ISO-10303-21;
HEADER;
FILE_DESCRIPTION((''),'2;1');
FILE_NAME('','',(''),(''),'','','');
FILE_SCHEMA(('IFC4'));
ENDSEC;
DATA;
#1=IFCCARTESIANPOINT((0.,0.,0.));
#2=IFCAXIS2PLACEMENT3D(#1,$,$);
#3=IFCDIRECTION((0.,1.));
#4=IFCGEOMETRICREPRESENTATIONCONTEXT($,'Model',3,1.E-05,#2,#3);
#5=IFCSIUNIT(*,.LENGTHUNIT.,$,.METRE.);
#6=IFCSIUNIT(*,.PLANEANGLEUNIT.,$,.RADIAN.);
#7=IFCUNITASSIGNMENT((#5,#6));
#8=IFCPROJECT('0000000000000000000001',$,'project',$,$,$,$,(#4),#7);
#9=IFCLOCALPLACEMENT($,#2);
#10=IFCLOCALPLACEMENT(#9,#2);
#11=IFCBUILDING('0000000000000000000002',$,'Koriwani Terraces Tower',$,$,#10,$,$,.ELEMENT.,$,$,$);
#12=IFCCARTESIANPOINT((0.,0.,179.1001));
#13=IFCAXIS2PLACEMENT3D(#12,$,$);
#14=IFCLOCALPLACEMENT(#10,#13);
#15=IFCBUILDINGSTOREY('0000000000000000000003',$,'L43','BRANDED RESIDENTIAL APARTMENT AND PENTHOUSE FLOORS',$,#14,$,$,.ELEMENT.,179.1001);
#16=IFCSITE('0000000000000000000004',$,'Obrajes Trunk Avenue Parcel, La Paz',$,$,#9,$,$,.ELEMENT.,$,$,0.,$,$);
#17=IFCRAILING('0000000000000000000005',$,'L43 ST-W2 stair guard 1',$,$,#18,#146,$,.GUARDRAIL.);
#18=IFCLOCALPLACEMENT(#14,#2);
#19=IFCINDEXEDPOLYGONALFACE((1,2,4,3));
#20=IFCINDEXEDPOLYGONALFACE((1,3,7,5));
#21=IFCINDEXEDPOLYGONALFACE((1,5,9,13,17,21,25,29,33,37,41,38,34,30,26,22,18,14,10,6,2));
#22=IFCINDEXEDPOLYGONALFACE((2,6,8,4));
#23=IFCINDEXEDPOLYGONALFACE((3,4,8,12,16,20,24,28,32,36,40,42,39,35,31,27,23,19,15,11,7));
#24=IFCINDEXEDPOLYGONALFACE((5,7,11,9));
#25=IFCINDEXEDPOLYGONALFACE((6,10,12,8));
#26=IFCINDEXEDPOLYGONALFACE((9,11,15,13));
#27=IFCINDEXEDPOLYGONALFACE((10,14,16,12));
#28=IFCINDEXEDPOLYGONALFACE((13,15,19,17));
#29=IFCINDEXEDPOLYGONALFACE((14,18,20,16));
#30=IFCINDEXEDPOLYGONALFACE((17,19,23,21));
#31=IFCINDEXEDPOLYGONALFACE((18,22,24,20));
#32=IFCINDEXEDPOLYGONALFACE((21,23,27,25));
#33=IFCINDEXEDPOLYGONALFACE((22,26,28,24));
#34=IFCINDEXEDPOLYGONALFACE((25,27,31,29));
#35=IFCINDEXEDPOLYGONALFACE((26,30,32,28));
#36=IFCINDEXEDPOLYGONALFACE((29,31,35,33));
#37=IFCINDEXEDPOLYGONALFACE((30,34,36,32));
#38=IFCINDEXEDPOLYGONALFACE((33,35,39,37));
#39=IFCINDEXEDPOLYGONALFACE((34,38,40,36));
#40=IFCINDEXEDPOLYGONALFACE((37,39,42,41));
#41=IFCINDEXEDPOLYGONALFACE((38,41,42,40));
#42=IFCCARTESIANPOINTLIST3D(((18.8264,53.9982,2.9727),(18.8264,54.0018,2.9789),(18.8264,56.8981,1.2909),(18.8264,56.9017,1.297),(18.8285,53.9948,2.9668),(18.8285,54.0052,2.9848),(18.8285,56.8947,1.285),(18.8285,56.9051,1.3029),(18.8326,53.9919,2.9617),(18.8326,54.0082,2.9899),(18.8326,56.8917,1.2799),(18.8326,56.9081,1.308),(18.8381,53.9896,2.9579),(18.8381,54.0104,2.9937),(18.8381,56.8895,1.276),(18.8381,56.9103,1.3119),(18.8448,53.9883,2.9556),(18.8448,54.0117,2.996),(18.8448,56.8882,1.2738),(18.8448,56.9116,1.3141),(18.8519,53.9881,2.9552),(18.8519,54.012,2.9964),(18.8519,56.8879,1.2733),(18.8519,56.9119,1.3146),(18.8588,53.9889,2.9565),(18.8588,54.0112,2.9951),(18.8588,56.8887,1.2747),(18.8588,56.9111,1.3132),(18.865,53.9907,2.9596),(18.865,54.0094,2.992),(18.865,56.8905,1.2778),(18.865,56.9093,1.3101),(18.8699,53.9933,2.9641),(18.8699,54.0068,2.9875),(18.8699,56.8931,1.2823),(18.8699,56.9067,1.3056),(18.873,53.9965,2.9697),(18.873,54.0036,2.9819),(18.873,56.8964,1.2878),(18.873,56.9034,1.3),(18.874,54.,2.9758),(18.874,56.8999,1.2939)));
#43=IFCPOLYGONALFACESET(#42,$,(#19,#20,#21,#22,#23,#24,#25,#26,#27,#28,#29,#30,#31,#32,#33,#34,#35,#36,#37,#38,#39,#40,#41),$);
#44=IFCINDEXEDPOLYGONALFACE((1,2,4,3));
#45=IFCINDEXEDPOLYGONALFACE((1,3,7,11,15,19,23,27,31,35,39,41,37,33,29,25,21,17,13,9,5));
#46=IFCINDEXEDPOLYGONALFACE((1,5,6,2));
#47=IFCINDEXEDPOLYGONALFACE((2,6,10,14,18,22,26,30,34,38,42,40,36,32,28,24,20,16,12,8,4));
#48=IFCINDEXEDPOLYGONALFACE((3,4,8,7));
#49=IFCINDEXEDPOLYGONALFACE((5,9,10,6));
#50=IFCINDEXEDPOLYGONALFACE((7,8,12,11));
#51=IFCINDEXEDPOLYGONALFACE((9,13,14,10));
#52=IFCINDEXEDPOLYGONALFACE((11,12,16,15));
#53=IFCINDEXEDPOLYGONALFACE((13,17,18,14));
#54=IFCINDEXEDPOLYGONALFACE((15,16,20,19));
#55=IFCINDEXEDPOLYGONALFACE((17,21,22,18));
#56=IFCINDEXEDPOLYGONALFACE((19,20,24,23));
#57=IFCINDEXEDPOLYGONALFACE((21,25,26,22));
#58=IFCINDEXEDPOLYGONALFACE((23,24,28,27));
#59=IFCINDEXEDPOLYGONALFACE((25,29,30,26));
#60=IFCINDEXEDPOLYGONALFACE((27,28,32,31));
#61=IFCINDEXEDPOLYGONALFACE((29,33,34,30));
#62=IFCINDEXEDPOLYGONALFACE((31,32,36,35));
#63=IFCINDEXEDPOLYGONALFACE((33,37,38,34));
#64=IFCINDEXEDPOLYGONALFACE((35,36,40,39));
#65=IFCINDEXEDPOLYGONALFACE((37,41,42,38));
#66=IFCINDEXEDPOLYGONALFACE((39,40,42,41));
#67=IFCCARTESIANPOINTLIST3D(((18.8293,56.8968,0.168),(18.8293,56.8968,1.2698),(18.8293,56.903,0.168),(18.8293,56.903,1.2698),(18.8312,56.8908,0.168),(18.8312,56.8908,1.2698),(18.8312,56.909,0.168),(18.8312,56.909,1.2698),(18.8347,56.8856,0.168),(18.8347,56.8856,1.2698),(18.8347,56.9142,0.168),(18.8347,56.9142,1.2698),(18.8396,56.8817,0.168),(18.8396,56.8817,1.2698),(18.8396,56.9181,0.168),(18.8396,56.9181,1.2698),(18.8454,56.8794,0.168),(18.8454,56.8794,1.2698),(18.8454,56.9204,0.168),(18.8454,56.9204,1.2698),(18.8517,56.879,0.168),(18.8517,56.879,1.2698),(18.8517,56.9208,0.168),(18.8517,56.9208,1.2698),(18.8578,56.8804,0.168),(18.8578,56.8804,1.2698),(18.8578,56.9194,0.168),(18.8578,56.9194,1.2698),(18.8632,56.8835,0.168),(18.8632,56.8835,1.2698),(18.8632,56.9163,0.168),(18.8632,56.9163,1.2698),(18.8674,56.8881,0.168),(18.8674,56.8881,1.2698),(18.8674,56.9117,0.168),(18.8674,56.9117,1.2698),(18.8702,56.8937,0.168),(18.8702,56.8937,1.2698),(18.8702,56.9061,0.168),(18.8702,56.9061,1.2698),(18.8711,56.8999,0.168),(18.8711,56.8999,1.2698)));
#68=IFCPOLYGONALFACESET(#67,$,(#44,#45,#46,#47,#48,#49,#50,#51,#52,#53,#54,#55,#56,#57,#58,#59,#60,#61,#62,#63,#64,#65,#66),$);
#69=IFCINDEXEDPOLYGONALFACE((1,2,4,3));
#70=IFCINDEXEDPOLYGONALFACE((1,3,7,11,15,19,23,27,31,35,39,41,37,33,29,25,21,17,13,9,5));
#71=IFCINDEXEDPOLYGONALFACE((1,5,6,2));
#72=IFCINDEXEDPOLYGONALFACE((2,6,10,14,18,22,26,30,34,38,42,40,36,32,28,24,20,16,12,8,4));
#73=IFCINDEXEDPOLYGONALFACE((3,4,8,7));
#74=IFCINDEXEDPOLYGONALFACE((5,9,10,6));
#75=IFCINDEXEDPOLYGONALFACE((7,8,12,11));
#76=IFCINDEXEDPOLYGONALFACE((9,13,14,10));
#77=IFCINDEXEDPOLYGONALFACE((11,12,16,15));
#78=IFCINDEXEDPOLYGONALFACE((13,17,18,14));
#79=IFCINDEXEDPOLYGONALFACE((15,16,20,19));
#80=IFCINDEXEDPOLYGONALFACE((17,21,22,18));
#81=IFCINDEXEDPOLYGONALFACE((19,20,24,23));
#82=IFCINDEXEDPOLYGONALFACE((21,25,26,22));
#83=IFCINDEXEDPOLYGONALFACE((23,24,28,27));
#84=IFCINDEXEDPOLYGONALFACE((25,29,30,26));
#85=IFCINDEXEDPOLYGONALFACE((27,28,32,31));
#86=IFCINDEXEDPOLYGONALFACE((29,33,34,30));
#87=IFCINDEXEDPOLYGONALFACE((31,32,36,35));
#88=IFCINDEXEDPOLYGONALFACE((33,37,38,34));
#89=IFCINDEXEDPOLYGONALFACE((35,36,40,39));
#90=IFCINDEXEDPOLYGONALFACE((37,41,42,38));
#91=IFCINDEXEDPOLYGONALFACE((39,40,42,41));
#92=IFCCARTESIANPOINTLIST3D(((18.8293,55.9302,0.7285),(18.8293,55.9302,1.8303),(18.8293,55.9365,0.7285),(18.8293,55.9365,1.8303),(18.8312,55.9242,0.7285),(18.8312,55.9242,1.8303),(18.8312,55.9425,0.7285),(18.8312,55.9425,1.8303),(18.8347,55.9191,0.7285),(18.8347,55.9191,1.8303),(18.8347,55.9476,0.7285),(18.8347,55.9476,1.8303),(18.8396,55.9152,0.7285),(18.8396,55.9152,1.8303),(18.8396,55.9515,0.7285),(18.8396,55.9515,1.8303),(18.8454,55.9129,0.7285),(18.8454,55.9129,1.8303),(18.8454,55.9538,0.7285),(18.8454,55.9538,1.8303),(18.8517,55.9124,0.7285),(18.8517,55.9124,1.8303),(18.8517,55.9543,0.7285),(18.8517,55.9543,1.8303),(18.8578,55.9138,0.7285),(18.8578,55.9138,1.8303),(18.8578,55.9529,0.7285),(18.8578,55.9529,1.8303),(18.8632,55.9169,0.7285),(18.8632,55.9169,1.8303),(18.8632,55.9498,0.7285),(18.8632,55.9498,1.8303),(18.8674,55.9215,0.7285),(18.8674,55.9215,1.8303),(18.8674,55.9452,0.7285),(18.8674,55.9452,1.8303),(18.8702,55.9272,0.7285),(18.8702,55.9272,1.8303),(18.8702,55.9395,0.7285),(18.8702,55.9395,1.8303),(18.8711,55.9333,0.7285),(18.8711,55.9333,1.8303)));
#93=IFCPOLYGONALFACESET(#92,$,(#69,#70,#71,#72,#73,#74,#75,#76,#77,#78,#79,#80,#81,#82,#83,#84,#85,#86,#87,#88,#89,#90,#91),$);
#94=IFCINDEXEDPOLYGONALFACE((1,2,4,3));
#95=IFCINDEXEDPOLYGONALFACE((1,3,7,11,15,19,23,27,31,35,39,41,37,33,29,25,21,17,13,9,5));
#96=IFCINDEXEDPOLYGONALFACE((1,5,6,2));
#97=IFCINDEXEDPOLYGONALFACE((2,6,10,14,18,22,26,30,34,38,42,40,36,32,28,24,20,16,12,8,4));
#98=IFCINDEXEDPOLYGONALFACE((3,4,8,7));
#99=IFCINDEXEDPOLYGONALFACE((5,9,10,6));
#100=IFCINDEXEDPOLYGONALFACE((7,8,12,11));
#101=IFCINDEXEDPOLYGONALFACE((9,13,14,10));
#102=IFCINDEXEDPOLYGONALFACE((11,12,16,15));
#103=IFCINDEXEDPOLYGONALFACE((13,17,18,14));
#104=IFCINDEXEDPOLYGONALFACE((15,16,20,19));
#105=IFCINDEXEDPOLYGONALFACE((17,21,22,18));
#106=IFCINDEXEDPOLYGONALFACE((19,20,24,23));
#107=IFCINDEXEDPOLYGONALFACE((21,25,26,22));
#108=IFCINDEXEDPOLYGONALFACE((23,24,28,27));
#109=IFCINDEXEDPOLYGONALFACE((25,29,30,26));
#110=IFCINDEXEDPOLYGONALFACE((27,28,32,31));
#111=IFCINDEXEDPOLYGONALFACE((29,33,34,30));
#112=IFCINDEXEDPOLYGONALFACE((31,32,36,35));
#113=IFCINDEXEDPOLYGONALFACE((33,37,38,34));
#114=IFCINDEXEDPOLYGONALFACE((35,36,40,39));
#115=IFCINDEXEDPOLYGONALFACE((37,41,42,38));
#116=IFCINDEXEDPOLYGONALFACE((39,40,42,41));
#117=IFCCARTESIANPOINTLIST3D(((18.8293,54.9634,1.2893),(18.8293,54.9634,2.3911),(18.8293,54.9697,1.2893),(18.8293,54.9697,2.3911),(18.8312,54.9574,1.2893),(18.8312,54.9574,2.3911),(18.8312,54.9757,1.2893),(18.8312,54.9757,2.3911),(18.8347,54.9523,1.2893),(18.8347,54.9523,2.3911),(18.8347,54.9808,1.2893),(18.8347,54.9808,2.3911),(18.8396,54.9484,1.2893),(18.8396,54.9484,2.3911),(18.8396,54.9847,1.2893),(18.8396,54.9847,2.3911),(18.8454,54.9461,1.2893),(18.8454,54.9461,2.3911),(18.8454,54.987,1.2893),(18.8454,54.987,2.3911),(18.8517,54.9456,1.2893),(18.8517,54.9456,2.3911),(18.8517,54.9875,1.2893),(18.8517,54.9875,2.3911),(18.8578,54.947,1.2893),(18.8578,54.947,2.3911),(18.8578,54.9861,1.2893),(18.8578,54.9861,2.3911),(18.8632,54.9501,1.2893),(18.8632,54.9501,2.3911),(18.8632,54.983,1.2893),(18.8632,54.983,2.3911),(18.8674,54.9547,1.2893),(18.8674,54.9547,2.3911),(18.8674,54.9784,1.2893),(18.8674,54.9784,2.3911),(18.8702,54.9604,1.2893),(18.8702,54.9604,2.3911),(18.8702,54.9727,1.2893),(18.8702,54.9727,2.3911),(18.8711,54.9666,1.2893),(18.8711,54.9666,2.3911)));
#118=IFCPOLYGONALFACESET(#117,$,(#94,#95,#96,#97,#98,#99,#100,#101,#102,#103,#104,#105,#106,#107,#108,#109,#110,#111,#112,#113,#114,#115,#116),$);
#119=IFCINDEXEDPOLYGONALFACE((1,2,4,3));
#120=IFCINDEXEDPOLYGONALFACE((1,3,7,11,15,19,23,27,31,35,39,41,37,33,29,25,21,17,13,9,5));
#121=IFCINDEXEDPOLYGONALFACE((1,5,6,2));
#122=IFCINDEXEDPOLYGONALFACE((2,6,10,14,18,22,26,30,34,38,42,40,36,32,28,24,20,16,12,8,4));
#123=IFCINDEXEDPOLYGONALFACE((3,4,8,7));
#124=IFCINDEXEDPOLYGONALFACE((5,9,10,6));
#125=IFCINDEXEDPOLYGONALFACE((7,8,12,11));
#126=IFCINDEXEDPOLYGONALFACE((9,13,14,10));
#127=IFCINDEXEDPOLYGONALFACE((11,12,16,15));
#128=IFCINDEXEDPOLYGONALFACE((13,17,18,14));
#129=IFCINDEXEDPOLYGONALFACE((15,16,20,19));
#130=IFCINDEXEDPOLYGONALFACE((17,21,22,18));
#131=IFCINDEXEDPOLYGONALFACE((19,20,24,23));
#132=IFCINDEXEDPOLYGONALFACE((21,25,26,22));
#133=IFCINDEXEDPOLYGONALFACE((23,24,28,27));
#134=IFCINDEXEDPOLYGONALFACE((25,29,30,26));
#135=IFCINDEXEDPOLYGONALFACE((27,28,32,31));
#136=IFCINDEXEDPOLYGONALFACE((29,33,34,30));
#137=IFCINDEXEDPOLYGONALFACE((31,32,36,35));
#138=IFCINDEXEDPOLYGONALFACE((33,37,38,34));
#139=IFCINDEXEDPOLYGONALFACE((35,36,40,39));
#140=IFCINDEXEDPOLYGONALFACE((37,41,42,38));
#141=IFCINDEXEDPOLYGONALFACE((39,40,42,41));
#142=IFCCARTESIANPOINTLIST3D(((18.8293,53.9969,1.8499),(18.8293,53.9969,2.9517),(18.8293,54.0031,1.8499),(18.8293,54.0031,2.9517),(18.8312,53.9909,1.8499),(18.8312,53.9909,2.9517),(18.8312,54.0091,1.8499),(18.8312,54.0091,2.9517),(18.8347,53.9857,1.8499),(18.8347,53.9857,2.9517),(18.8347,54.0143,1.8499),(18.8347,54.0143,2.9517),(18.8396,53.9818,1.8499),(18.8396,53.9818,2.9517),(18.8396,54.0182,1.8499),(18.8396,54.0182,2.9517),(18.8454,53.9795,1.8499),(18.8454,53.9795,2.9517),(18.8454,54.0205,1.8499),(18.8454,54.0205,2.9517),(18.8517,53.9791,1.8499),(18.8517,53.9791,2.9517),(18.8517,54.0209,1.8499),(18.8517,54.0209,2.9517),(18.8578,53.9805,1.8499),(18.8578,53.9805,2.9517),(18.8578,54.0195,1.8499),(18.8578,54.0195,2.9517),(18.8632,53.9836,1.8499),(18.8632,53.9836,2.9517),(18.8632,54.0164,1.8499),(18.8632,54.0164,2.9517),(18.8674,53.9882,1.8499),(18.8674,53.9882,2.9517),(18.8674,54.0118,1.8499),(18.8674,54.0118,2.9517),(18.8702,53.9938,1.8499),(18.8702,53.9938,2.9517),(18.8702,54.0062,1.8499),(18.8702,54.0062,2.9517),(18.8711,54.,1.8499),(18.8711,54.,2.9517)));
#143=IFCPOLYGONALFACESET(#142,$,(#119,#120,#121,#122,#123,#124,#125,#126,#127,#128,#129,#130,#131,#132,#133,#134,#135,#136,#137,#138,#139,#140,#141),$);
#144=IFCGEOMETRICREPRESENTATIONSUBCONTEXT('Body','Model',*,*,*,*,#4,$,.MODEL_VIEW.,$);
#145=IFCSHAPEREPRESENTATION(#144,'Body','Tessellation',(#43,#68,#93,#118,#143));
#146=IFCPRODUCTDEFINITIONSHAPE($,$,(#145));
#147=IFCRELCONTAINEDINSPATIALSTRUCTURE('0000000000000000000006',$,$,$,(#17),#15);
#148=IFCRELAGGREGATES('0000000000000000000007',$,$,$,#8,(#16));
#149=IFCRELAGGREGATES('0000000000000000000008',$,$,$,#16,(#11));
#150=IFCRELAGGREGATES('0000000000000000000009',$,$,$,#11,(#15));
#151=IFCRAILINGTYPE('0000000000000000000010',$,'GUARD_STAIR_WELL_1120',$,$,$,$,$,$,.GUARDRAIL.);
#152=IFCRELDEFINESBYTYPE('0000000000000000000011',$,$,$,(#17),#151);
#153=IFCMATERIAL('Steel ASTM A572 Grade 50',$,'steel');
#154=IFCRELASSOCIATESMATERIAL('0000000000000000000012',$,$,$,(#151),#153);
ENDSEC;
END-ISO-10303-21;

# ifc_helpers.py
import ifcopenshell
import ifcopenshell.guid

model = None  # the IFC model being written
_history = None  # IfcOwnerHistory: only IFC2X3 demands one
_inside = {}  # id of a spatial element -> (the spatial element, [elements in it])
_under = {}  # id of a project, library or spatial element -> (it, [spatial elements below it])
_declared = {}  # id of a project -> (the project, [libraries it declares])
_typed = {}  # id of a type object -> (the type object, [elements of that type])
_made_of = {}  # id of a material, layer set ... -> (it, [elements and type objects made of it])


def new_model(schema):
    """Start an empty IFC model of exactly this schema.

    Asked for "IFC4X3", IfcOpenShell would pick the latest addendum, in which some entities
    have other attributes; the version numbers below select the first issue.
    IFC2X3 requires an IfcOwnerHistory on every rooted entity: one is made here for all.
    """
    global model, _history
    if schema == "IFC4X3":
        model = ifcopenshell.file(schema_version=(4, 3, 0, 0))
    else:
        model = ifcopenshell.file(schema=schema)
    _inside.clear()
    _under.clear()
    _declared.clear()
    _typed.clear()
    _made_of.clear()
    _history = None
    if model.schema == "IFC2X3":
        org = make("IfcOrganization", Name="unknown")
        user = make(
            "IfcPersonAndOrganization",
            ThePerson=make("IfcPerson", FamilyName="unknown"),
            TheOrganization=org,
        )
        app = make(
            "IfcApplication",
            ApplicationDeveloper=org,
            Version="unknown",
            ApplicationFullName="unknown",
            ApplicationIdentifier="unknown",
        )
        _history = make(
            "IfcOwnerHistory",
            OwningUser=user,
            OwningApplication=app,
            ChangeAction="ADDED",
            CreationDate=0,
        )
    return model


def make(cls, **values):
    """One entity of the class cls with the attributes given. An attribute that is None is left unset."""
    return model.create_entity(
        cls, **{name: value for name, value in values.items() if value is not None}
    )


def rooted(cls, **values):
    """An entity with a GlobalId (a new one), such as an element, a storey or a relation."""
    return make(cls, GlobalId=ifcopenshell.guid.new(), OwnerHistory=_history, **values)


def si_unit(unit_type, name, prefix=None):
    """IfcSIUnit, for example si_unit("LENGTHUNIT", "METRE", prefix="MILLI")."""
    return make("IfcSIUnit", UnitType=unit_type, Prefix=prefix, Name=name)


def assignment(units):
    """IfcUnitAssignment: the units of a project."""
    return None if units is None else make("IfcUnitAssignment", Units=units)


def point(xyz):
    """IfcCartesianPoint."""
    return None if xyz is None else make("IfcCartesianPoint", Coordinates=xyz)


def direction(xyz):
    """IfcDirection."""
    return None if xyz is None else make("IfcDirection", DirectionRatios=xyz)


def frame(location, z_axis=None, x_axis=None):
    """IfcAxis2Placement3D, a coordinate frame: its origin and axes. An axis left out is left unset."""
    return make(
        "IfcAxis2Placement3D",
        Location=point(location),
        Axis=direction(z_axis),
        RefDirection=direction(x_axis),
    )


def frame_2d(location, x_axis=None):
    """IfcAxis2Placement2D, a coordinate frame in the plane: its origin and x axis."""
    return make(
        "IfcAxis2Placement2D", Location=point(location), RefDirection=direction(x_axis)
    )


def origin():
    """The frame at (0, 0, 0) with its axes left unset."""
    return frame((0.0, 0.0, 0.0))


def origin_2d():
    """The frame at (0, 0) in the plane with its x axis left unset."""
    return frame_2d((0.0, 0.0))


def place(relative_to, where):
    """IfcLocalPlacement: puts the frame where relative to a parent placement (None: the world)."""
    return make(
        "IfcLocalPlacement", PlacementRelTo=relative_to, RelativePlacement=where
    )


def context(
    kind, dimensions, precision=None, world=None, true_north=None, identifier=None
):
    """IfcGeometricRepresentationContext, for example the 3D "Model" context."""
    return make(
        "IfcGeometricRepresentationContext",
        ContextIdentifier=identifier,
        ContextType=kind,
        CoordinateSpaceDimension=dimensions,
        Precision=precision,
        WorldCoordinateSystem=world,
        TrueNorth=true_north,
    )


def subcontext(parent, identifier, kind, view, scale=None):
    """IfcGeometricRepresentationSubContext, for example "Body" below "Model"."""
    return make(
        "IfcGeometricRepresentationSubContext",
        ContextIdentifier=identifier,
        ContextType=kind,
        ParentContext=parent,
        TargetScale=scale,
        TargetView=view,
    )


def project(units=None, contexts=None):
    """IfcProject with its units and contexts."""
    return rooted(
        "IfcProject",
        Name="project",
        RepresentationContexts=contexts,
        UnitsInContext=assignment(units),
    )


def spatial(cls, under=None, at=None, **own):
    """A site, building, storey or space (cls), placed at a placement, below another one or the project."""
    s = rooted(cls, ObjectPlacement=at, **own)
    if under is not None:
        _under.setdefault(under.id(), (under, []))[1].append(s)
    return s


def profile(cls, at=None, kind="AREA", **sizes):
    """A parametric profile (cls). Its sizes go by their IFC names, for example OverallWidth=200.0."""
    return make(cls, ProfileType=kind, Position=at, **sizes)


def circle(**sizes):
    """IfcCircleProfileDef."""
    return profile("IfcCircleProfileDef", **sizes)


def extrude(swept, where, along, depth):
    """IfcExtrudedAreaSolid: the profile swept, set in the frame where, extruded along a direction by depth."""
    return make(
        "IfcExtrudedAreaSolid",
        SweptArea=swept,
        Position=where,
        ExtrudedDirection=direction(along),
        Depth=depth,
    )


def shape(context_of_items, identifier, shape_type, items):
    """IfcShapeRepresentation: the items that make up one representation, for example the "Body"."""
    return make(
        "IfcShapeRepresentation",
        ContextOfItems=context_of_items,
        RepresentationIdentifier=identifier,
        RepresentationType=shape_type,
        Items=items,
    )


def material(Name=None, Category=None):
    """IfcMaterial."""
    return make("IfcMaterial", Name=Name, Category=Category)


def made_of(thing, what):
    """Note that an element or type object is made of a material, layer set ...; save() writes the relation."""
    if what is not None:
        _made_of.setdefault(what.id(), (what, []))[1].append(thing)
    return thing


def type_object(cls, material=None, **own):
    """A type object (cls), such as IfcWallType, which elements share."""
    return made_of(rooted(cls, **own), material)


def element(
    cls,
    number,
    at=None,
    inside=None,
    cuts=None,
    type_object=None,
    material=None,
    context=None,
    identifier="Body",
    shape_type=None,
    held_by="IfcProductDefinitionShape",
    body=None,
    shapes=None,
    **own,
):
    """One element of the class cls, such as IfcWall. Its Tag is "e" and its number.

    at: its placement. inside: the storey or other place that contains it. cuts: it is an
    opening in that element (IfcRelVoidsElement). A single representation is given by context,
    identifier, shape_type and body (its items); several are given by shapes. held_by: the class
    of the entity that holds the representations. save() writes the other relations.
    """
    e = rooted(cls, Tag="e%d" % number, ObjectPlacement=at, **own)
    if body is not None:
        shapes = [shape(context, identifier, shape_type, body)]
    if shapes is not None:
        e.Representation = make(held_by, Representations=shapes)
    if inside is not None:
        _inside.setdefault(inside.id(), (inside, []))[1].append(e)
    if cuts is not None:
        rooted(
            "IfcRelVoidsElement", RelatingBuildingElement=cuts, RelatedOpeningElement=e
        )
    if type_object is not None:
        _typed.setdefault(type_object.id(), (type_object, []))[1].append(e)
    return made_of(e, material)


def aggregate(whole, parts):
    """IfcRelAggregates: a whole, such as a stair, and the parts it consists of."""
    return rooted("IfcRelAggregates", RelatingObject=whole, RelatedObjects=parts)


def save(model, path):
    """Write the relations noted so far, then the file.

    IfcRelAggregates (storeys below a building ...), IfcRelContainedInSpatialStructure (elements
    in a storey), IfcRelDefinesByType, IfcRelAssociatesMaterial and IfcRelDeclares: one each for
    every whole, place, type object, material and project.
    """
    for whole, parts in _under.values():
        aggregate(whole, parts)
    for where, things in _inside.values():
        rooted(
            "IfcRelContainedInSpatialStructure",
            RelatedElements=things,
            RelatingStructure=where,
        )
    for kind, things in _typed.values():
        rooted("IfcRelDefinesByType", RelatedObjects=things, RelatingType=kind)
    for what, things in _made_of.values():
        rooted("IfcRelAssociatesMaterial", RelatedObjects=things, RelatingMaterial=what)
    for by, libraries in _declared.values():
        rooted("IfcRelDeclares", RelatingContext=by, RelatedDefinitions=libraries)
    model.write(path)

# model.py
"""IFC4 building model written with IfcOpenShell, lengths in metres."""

from ifc_helpers import new_model, si_unit, direction, frame, origin, origin_2d, place, context, subcontext, project, spatial, circle, extrude, material, type_object, element, save


model = new_model("IFC4")

# Units and contexts
model_context = context("Model", 3, precision=1e-05, world=origin(), true_north=direction((0.0, 1.0)))
body_context = subcontext(model_context, "Body", "Model", "MODEL_VIEW")
ifc_project = project(units=[si_unit("LENGTHUNIT", "METRE"), si_unit("PLANEANGLEUNIT", "RADIAN")], contexts=[model_context])

# Site, building, storey
site_placement = place(None, origin())
site = spatial("IfcSite", under=ifc_project, at=site_placement, Name="Obrajes Trunk Avenue Parcel, La Paz", CompositionType="ELEMENT", RefElevation=0.0)
building_placement = place(site_placement, origin())
building = spatial("IfcBuilding", under=site, at=building_placement, Name="Koriwani Terraces Tower", CompositionType="ELEMENT")
storey_placement = place(building_placement, frame((0.0, 0.0, 179.1001)))
storey = spatial("IfcBuildingStorey", under=building, at=storey_placement, Name="L43", Description="BRANDED RESIDENTIAL APARTMENT AND PENTHOUSE FLOORS", CompositionType="ELEMENT", Elevation=179.1001)

# Shared definitions
ifc_material_1 = material(Name="Steel ASTM A572 Grade 50", Category="steel")

# Railing
railing_type_1 = type_object("IfcRailingType", Name="GUARD_STAIR_WELL_1120", PredefinedType="GUARDRAIL", material=ifc_material_1)
railing_1_placement = place(storey_placement, frame((18.8501, 56.8999, 0.168)))
element("IfcRailing", 1, at=railing_1_placement, inside=storey, type_object=railing_type_1, Name="L43 ST-W2 stair guard 1", PredefinedType="GUARDRAIL", context=body_context, shape_type="SweptSolid", body=[
    extrude(circle(Radius=0.0239, at=origin_2d()), frame((0.0, 0.0, 1.126), z_axis=(0.0, -0.865039, 0.501705), x_axis=(1.0, 0.0, 0.0)), (0.0, 0.0, 1.0), 3.3523),
    extrude(circle(Radius=0.021, at=origin_2d()), origin(), (0.0, 0.0, 1.0), 1.1018),
    extrude(circle(Radius=0.021, at=origin_2d()), frame((0.0, -0.9666, 0.5605)), (0.0, 0.0, 1.0), 1.1018),
    extrude(circle(Radius=0.021, at=origin_2d()), frame((0.0, -1.9333, 1.1213)), (0.0, 0.0, 1.0), 1.1018),
    extrude(circle(Radius=0.021, at=origin_2d()), frame((0.0, -2.8999, 1.6819)), (0.0, 0.0, 1.0), 1.1018),
])

save(model, "model.ifc")
